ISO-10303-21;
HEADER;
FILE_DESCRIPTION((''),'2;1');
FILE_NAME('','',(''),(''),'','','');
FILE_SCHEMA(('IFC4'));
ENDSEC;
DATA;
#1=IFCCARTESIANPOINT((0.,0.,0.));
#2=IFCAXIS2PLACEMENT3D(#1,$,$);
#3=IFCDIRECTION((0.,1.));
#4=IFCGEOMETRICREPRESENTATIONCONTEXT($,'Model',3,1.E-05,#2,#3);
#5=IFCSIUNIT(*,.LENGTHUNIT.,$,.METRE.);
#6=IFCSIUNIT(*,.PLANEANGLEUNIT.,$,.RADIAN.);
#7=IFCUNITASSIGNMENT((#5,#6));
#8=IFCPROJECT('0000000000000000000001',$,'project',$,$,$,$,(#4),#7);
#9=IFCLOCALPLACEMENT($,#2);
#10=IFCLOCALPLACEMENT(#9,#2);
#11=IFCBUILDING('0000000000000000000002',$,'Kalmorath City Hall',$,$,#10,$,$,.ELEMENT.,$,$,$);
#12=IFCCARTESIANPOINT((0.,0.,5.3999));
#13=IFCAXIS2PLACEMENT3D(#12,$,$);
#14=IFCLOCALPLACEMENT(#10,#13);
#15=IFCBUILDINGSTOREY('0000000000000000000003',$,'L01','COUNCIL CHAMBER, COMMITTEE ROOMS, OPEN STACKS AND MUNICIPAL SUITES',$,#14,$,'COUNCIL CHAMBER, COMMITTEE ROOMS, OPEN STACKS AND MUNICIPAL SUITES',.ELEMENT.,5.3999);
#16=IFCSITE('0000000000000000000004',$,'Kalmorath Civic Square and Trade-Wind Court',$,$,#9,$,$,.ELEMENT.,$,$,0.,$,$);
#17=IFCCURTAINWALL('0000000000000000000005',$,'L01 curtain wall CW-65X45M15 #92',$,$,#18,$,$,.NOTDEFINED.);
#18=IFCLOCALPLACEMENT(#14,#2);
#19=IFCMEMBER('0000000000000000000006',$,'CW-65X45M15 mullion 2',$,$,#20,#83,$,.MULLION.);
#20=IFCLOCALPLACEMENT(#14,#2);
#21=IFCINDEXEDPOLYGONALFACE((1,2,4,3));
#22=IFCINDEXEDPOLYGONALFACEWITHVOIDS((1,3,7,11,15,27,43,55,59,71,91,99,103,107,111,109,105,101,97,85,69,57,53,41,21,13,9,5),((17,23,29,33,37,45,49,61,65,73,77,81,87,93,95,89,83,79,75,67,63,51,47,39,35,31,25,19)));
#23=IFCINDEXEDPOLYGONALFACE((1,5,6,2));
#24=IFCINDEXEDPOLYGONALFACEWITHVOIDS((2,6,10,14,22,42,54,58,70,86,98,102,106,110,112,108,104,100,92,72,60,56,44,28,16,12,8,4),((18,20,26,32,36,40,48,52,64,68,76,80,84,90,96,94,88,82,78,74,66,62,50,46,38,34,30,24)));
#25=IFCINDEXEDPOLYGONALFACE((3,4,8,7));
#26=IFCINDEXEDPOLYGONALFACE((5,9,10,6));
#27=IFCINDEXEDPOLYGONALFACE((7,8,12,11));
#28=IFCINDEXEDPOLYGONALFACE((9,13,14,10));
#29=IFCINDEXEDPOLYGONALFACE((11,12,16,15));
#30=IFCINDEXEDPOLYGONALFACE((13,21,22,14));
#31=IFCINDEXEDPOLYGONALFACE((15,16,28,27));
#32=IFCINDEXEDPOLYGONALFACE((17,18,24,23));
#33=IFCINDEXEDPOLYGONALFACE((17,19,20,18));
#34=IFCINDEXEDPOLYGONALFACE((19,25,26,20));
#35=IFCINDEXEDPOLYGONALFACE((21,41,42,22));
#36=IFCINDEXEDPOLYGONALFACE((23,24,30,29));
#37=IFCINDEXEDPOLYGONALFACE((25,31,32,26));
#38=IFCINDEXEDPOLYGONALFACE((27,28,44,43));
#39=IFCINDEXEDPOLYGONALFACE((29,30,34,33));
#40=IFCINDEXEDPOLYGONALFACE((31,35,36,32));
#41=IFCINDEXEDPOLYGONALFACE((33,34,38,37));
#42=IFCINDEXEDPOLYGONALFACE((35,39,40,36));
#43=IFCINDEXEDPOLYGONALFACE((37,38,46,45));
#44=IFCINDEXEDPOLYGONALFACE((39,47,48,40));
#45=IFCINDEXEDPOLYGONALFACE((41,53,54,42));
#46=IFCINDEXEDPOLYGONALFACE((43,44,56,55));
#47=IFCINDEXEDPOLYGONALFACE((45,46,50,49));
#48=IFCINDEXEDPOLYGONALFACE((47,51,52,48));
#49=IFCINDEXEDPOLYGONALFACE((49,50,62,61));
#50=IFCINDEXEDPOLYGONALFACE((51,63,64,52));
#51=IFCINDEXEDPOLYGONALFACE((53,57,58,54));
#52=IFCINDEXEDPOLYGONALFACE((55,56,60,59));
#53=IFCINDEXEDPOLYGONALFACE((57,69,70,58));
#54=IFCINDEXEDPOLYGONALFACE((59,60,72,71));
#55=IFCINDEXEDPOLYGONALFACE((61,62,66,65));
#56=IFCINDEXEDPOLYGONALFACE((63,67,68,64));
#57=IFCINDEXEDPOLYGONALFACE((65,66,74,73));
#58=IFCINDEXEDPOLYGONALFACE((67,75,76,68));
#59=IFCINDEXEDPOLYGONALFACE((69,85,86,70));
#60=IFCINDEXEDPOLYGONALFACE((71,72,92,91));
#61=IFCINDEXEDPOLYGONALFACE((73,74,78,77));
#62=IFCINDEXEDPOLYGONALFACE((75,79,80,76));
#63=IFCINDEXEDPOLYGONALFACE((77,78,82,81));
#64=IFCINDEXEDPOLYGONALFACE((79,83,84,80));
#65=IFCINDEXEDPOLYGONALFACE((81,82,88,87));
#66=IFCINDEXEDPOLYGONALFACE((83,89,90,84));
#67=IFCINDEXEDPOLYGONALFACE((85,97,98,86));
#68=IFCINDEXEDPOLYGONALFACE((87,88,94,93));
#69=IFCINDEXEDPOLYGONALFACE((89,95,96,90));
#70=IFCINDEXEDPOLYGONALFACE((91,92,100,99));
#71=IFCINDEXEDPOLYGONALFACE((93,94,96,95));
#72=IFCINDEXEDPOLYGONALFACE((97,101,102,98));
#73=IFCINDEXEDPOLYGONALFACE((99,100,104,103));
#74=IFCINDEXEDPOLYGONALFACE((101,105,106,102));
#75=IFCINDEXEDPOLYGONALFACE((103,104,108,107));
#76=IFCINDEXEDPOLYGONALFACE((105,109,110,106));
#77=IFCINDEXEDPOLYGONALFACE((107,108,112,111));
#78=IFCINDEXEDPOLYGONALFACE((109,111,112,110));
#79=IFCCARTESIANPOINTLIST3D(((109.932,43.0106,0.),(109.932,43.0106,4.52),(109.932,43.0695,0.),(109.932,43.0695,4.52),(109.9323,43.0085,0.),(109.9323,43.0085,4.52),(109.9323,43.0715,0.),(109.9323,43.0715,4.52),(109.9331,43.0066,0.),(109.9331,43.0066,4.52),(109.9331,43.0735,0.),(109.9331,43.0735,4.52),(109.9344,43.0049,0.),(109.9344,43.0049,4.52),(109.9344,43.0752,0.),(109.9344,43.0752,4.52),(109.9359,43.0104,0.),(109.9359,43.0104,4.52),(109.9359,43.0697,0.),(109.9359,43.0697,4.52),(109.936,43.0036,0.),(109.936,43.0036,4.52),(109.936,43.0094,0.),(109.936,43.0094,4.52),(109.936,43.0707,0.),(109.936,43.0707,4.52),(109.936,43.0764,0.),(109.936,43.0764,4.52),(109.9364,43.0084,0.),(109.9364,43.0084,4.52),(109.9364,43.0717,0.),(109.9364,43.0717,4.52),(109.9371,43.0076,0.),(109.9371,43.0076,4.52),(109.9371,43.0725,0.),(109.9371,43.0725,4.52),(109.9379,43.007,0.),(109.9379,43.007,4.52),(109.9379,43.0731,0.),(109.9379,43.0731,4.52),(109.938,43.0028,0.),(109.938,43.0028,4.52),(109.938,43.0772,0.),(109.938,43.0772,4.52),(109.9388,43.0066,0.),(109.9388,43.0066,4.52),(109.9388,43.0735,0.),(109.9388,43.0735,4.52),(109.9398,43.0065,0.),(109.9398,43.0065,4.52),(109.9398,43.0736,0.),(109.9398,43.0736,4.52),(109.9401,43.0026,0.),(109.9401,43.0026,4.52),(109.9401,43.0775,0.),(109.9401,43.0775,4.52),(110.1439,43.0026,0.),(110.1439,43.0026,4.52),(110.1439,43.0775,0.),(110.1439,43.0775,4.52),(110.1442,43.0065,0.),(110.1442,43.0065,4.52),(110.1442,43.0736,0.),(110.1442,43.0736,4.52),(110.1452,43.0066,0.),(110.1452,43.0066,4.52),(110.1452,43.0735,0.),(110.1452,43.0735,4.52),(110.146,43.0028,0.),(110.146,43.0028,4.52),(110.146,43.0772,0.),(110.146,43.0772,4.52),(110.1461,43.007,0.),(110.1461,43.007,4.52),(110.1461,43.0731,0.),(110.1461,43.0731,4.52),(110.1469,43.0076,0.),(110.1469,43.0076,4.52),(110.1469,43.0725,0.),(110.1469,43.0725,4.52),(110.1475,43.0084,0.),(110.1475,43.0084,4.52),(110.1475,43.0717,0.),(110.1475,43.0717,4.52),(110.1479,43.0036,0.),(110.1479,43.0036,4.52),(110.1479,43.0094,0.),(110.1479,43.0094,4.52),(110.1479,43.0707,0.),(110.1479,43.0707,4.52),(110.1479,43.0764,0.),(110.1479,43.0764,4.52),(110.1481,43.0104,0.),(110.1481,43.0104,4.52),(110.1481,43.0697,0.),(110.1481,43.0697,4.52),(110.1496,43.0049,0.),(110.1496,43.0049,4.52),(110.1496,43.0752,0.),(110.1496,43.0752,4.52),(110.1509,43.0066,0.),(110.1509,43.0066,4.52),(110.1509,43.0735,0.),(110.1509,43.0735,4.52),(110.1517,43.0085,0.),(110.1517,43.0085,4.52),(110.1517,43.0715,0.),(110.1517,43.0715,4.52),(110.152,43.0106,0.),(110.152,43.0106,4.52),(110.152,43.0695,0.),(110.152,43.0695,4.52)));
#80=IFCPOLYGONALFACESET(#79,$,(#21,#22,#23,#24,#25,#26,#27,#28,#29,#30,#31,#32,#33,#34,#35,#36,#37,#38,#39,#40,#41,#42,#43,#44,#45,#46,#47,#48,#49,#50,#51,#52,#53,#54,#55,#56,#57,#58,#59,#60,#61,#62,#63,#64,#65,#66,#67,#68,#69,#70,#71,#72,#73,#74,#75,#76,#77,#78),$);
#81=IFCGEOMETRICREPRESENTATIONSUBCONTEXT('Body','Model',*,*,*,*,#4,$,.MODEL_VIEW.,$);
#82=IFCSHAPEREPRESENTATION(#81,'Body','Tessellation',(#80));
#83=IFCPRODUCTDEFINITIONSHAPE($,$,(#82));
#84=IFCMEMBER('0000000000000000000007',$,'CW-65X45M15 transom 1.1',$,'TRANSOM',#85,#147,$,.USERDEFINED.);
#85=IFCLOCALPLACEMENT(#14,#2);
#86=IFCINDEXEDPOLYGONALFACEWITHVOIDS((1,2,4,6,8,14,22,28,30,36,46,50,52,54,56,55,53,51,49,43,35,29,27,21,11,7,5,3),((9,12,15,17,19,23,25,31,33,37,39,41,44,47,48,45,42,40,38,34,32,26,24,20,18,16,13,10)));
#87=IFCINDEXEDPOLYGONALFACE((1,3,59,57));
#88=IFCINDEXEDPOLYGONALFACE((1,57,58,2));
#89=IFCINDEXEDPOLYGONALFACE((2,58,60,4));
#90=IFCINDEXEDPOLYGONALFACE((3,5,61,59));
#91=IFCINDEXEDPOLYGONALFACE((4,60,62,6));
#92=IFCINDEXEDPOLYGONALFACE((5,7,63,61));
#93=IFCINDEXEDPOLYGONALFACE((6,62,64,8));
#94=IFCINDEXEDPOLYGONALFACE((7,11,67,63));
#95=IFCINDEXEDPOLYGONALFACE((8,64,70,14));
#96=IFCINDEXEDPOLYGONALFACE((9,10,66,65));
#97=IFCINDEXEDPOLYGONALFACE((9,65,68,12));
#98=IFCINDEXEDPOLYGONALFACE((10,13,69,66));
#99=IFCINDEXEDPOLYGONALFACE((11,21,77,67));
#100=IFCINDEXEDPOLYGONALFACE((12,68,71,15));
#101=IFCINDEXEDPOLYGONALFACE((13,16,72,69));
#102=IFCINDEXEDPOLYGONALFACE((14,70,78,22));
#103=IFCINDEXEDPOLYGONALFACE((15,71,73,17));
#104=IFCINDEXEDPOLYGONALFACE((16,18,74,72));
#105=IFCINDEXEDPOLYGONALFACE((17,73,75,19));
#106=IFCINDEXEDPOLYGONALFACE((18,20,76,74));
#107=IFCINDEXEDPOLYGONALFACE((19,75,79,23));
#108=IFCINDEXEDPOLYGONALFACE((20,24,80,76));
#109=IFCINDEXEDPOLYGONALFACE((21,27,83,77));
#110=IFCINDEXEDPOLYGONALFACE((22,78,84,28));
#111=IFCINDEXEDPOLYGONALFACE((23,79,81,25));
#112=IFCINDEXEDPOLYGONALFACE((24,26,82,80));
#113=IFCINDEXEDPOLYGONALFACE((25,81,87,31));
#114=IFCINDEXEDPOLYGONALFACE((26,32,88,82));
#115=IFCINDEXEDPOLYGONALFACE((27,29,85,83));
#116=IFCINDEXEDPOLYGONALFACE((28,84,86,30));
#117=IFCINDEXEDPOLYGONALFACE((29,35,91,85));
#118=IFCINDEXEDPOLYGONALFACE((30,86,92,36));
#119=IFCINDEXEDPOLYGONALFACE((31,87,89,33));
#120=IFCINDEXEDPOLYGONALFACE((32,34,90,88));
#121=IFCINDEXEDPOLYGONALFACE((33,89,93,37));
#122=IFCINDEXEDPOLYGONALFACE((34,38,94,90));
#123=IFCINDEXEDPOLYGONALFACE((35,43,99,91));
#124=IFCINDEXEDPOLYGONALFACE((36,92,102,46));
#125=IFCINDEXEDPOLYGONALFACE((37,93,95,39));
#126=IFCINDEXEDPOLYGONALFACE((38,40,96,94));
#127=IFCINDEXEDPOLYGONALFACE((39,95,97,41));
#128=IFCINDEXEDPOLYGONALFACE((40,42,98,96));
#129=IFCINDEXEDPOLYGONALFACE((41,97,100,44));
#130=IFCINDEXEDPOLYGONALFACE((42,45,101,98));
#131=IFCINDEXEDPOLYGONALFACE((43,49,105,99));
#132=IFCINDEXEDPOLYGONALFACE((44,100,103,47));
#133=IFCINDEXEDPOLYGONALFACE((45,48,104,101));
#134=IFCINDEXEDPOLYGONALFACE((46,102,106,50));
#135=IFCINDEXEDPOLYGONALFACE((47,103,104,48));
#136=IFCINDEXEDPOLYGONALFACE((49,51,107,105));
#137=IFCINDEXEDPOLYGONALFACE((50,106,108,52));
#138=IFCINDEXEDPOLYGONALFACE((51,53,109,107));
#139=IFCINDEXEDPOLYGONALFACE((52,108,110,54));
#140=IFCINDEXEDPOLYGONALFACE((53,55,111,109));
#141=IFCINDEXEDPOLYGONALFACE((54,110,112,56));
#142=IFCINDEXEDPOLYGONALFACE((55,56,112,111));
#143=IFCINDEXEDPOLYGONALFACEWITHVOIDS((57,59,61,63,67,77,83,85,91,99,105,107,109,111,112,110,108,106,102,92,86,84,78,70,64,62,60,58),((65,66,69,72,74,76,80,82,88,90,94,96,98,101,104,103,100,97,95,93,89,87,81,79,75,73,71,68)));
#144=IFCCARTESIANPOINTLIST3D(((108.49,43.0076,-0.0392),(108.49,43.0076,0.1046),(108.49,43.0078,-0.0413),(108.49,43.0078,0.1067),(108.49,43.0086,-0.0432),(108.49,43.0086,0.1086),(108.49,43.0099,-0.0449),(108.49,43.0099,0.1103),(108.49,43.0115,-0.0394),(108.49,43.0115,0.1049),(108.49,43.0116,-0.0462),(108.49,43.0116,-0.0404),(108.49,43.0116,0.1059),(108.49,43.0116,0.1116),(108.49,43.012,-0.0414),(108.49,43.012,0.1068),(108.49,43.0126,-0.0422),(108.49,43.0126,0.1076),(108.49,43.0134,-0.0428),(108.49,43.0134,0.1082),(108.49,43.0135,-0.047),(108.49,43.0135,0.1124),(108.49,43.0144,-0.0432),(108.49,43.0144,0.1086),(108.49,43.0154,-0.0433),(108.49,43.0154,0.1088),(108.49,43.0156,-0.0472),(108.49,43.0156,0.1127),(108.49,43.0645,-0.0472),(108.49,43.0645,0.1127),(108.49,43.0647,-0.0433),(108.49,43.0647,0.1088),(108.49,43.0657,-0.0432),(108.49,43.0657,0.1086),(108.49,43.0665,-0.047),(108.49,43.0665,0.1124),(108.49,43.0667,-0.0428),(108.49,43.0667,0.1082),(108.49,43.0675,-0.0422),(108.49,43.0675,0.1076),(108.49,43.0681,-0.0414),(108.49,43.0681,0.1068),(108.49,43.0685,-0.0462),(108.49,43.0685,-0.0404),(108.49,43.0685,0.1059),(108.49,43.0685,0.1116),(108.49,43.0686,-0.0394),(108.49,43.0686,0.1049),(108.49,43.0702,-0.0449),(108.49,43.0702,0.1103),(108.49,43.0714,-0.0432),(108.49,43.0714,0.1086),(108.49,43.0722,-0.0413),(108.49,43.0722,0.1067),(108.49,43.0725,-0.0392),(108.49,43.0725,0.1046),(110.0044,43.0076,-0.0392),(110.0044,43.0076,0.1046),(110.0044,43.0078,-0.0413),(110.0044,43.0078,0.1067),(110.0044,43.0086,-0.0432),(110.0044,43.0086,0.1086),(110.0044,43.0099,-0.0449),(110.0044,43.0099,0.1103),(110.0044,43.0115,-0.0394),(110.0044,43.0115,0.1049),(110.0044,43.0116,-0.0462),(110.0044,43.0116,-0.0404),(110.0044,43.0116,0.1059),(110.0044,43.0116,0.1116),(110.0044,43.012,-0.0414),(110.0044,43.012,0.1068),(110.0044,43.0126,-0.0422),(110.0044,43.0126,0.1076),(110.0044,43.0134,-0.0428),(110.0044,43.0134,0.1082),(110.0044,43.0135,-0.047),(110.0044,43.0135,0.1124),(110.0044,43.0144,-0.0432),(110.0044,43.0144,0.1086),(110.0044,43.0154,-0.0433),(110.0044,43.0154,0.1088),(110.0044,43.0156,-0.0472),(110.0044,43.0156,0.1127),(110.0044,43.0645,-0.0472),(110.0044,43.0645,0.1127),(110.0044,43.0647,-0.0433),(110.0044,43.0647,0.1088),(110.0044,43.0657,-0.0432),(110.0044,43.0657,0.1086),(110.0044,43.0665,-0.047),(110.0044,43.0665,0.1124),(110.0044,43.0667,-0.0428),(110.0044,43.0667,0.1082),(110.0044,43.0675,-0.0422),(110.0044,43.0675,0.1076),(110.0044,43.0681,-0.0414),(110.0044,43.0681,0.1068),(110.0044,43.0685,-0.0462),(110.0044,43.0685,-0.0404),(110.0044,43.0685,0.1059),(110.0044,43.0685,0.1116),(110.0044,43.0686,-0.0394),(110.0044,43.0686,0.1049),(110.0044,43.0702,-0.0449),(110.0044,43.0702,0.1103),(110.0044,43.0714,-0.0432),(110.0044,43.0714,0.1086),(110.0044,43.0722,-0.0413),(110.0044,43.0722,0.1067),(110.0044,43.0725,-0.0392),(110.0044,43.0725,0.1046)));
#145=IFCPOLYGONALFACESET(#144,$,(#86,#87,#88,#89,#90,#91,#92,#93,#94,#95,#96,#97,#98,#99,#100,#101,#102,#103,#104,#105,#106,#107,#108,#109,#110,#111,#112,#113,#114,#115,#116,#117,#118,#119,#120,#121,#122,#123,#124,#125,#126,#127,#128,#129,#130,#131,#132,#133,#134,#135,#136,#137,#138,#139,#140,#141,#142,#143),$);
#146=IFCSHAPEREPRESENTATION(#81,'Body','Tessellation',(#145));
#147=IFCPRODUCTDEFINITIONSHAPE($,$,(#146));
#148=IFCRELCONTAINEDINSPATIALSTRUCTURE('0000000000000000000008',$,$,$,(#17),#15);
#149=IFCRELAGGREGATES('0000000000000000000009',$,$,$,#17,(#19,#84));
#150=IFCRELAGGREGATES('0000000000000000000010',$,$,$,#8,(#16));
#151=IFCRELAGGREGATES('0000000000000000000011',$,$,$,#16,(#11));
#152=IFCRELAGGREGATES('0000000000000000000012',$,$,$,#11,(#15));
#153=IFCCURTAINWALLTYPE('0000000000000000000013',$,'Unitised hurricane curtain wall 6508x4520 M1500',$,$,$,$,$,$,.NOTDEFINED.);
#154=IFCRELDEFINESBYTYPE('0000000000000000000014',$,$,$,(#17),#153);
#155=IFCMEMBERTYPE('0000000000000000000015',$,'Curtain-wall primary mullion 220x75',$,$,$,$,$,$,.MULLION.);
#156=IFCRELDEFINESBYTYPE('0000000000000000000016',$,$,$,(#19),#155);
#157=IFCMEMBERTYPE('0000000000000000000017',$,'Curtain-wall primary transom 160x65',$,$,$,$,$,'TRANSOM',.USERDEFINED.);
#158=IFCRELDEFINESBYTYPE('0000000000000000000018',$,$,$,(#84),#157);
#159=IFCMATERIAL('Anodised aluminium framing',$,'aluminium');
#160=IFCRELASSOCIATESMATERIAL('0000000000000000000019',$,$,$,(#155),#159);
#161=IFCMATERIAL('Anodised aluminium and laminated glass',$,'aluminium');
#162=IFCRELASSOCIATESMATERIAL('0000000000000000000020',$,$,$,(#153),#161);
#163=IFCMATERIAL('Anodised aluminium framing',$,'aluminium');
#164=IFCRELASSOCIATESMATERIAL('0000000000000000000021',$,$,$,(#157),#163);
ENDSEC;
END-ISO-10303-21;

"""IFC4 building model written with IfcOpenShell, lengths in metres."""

from ifc_helpers import new_model, si_unit, direction, frame, origin, origin_2d, place, context, subcontext, project, spatial, hollow_rectangle, extrude, material, material_profile, profile_set, type_object, element, aggregate, save


model = new_model("IFC4")

# Units and contexts
model_context = context("Model", 3, precision=1e-05, world=origin(), true_north=direction((0.0, 1.0)))
body_context = subcontext(model_context, "Body", "Model", "MODEL_VIEW")
ifc_project = project(units=[si_unit("LENGTHUNIT", "METRE"), si_unit("PLANEANGLEUNIT", "RADIAN")], contexts=[model_context])

# Site, building, storey
site_placement = place(None, origin())
site = spatial("IfcSite", under=ifc_project, at=site_placement, Name="Kalmorath Civic Square and Trade-Wind Court", CompositionType="ELEMENT", RefElevation=0.0)
building_placement = place(site_placement, origin())
building = spatial("IfcBuilding", under=site, at=building_placement, Name="Kalmorath City Hall", CompositionType="ELEMENT")
storey_placement = place(building_placement, frame((0.0, 0.0, 5.3999)))
storey = spatial("IfcBuildingStorey", under=building, at=storey_placement, Name="L01", Description="COUNCIL CHAMBER, COMMITTEE ROOMS, OPEN STACKS AND MUNICIPAL SUITES", LongName="COUNCIL CHAMBER, COMMITTEE ROOMS, OPEN STACKS AND MUNICIPAL SUITES", CompositionType="ELEMENT", Elevation=5.3999)

# Shared definitions
ifc_material_1 = material(Name="Anodised aluminium framing", Category="aluminium")
ifc_material_profile_1 = material_profile(ifc_material_1, hollow_rectangle(XDim=0.075, YDim=0.22, WallThickness=0.0039, InnerFilletRadius=0.0039, OuterFilletRadius=0.0081, at=origin_2d()), Name="ALU-MUL-220X75X4")
ifc_profile_set_1 = profile_set([ifc_material_profile_1], Name="Anodised aluminium framing")
member_type_1 = type_object("IfcMemberType", Name="Curtain-wall primary mullion 220x75", PredefinedType="MULLION", material=ifc_profile_set_1)

# Curtain wall, members
ifc_material_2 = material(Name="Anodised aluminium and laminated glass", Category="aluminium")
curtain_wall_type_1 = type_object("IfcCurtainWallType", Name="Unitised hurricane curtain wall 6508x4520 M1500", PredefinedType="NOTDEFINED", material=ifc_material_2)
curtain_wall_1_placement = place(storey_placement, origin())
curtain_wall_1 = element("IfcCurtainWall", 1, at=curtain_wall_1_placement, inside=storey, type_object=curtain_wall_type_1, Name="L01 curtain wall CW-65X45M15 #92", PredefinedType="NOTDEFINED")
member_1_placement = place(storey_placement, frame((110.042, 43.04, 0.0), z_axis=(0.0, 0.0, 1.0), x_axis=(0.0, 1.0, 0.0)))
member_1 = element("IfcMember", 2, at=member_1_placement, type_object=member_type_1, Name="CW-65X45M15 mullion 2", PredefinedType="MULLION", context=body_context, shape_type="SweptSolid", body=[
    extrude(hollow_rectangle(XDim=0.075, YDim=0.22, WallThickness=0.0039, InnerFilletRadius=0.0039, OuterFilletRadius=0.0081, at=origin_2d()), origin(), (0.0, 0.0, 1.0), 4.52),
])
ifc_material_3 = material(Name="Anodised aluminium framing", Category="aluminium")
ifc_material_profile_2 = material_profile(ifc_material_3, hollow_rectangle(XDim=0.0649, YDim=0.1599, WallThickness=0.0039, InnerFilletRadius=0.0039, OuterFilletRadius=0.0081, at=origin_2d()), Name="ALU-TRN-160X65X4")
ifc_profile_set_2 = profile_set([ifc_material_profile_2], Name="Anodised aluminium framing")
member_type_2 = type_object("IfcMemberType", Name="Curtain-wall primary transom 160x65", ElementType="TRANSOM", PredefinedType="USERDEFINED", material=ifc_profile_set_2)
member_2_placement = place(storey_placement, frame((108.49, 43.04, 0.0327), z_axis=(1.0, 0.0, 0.0), x_axis=(0.0, 1.0, 0.0)))
member_2 = element("IfcMember", 3, at=member_2_placement, type_object=member_type_2, Name="CW-65X45M15 transom 1.1", ObjectType="TRANSOM", PredefinedType="USERDEFINED", context=body_context, shape_type="SweptSolid", body=[
    extrude(hollow_rectangle(XDim=0.0649, YDim=0.1599, WallThickness=0.0039, InnerFilletRadius=0.0039, OuterFilletRadius=0.0081, at=origin_2d()), origin(), (0.0, 0.0, 1.0), 1.5144),
])

aggregate(curtain_wall_1, [member_1, member_2])

save(model, "model.ifc")
